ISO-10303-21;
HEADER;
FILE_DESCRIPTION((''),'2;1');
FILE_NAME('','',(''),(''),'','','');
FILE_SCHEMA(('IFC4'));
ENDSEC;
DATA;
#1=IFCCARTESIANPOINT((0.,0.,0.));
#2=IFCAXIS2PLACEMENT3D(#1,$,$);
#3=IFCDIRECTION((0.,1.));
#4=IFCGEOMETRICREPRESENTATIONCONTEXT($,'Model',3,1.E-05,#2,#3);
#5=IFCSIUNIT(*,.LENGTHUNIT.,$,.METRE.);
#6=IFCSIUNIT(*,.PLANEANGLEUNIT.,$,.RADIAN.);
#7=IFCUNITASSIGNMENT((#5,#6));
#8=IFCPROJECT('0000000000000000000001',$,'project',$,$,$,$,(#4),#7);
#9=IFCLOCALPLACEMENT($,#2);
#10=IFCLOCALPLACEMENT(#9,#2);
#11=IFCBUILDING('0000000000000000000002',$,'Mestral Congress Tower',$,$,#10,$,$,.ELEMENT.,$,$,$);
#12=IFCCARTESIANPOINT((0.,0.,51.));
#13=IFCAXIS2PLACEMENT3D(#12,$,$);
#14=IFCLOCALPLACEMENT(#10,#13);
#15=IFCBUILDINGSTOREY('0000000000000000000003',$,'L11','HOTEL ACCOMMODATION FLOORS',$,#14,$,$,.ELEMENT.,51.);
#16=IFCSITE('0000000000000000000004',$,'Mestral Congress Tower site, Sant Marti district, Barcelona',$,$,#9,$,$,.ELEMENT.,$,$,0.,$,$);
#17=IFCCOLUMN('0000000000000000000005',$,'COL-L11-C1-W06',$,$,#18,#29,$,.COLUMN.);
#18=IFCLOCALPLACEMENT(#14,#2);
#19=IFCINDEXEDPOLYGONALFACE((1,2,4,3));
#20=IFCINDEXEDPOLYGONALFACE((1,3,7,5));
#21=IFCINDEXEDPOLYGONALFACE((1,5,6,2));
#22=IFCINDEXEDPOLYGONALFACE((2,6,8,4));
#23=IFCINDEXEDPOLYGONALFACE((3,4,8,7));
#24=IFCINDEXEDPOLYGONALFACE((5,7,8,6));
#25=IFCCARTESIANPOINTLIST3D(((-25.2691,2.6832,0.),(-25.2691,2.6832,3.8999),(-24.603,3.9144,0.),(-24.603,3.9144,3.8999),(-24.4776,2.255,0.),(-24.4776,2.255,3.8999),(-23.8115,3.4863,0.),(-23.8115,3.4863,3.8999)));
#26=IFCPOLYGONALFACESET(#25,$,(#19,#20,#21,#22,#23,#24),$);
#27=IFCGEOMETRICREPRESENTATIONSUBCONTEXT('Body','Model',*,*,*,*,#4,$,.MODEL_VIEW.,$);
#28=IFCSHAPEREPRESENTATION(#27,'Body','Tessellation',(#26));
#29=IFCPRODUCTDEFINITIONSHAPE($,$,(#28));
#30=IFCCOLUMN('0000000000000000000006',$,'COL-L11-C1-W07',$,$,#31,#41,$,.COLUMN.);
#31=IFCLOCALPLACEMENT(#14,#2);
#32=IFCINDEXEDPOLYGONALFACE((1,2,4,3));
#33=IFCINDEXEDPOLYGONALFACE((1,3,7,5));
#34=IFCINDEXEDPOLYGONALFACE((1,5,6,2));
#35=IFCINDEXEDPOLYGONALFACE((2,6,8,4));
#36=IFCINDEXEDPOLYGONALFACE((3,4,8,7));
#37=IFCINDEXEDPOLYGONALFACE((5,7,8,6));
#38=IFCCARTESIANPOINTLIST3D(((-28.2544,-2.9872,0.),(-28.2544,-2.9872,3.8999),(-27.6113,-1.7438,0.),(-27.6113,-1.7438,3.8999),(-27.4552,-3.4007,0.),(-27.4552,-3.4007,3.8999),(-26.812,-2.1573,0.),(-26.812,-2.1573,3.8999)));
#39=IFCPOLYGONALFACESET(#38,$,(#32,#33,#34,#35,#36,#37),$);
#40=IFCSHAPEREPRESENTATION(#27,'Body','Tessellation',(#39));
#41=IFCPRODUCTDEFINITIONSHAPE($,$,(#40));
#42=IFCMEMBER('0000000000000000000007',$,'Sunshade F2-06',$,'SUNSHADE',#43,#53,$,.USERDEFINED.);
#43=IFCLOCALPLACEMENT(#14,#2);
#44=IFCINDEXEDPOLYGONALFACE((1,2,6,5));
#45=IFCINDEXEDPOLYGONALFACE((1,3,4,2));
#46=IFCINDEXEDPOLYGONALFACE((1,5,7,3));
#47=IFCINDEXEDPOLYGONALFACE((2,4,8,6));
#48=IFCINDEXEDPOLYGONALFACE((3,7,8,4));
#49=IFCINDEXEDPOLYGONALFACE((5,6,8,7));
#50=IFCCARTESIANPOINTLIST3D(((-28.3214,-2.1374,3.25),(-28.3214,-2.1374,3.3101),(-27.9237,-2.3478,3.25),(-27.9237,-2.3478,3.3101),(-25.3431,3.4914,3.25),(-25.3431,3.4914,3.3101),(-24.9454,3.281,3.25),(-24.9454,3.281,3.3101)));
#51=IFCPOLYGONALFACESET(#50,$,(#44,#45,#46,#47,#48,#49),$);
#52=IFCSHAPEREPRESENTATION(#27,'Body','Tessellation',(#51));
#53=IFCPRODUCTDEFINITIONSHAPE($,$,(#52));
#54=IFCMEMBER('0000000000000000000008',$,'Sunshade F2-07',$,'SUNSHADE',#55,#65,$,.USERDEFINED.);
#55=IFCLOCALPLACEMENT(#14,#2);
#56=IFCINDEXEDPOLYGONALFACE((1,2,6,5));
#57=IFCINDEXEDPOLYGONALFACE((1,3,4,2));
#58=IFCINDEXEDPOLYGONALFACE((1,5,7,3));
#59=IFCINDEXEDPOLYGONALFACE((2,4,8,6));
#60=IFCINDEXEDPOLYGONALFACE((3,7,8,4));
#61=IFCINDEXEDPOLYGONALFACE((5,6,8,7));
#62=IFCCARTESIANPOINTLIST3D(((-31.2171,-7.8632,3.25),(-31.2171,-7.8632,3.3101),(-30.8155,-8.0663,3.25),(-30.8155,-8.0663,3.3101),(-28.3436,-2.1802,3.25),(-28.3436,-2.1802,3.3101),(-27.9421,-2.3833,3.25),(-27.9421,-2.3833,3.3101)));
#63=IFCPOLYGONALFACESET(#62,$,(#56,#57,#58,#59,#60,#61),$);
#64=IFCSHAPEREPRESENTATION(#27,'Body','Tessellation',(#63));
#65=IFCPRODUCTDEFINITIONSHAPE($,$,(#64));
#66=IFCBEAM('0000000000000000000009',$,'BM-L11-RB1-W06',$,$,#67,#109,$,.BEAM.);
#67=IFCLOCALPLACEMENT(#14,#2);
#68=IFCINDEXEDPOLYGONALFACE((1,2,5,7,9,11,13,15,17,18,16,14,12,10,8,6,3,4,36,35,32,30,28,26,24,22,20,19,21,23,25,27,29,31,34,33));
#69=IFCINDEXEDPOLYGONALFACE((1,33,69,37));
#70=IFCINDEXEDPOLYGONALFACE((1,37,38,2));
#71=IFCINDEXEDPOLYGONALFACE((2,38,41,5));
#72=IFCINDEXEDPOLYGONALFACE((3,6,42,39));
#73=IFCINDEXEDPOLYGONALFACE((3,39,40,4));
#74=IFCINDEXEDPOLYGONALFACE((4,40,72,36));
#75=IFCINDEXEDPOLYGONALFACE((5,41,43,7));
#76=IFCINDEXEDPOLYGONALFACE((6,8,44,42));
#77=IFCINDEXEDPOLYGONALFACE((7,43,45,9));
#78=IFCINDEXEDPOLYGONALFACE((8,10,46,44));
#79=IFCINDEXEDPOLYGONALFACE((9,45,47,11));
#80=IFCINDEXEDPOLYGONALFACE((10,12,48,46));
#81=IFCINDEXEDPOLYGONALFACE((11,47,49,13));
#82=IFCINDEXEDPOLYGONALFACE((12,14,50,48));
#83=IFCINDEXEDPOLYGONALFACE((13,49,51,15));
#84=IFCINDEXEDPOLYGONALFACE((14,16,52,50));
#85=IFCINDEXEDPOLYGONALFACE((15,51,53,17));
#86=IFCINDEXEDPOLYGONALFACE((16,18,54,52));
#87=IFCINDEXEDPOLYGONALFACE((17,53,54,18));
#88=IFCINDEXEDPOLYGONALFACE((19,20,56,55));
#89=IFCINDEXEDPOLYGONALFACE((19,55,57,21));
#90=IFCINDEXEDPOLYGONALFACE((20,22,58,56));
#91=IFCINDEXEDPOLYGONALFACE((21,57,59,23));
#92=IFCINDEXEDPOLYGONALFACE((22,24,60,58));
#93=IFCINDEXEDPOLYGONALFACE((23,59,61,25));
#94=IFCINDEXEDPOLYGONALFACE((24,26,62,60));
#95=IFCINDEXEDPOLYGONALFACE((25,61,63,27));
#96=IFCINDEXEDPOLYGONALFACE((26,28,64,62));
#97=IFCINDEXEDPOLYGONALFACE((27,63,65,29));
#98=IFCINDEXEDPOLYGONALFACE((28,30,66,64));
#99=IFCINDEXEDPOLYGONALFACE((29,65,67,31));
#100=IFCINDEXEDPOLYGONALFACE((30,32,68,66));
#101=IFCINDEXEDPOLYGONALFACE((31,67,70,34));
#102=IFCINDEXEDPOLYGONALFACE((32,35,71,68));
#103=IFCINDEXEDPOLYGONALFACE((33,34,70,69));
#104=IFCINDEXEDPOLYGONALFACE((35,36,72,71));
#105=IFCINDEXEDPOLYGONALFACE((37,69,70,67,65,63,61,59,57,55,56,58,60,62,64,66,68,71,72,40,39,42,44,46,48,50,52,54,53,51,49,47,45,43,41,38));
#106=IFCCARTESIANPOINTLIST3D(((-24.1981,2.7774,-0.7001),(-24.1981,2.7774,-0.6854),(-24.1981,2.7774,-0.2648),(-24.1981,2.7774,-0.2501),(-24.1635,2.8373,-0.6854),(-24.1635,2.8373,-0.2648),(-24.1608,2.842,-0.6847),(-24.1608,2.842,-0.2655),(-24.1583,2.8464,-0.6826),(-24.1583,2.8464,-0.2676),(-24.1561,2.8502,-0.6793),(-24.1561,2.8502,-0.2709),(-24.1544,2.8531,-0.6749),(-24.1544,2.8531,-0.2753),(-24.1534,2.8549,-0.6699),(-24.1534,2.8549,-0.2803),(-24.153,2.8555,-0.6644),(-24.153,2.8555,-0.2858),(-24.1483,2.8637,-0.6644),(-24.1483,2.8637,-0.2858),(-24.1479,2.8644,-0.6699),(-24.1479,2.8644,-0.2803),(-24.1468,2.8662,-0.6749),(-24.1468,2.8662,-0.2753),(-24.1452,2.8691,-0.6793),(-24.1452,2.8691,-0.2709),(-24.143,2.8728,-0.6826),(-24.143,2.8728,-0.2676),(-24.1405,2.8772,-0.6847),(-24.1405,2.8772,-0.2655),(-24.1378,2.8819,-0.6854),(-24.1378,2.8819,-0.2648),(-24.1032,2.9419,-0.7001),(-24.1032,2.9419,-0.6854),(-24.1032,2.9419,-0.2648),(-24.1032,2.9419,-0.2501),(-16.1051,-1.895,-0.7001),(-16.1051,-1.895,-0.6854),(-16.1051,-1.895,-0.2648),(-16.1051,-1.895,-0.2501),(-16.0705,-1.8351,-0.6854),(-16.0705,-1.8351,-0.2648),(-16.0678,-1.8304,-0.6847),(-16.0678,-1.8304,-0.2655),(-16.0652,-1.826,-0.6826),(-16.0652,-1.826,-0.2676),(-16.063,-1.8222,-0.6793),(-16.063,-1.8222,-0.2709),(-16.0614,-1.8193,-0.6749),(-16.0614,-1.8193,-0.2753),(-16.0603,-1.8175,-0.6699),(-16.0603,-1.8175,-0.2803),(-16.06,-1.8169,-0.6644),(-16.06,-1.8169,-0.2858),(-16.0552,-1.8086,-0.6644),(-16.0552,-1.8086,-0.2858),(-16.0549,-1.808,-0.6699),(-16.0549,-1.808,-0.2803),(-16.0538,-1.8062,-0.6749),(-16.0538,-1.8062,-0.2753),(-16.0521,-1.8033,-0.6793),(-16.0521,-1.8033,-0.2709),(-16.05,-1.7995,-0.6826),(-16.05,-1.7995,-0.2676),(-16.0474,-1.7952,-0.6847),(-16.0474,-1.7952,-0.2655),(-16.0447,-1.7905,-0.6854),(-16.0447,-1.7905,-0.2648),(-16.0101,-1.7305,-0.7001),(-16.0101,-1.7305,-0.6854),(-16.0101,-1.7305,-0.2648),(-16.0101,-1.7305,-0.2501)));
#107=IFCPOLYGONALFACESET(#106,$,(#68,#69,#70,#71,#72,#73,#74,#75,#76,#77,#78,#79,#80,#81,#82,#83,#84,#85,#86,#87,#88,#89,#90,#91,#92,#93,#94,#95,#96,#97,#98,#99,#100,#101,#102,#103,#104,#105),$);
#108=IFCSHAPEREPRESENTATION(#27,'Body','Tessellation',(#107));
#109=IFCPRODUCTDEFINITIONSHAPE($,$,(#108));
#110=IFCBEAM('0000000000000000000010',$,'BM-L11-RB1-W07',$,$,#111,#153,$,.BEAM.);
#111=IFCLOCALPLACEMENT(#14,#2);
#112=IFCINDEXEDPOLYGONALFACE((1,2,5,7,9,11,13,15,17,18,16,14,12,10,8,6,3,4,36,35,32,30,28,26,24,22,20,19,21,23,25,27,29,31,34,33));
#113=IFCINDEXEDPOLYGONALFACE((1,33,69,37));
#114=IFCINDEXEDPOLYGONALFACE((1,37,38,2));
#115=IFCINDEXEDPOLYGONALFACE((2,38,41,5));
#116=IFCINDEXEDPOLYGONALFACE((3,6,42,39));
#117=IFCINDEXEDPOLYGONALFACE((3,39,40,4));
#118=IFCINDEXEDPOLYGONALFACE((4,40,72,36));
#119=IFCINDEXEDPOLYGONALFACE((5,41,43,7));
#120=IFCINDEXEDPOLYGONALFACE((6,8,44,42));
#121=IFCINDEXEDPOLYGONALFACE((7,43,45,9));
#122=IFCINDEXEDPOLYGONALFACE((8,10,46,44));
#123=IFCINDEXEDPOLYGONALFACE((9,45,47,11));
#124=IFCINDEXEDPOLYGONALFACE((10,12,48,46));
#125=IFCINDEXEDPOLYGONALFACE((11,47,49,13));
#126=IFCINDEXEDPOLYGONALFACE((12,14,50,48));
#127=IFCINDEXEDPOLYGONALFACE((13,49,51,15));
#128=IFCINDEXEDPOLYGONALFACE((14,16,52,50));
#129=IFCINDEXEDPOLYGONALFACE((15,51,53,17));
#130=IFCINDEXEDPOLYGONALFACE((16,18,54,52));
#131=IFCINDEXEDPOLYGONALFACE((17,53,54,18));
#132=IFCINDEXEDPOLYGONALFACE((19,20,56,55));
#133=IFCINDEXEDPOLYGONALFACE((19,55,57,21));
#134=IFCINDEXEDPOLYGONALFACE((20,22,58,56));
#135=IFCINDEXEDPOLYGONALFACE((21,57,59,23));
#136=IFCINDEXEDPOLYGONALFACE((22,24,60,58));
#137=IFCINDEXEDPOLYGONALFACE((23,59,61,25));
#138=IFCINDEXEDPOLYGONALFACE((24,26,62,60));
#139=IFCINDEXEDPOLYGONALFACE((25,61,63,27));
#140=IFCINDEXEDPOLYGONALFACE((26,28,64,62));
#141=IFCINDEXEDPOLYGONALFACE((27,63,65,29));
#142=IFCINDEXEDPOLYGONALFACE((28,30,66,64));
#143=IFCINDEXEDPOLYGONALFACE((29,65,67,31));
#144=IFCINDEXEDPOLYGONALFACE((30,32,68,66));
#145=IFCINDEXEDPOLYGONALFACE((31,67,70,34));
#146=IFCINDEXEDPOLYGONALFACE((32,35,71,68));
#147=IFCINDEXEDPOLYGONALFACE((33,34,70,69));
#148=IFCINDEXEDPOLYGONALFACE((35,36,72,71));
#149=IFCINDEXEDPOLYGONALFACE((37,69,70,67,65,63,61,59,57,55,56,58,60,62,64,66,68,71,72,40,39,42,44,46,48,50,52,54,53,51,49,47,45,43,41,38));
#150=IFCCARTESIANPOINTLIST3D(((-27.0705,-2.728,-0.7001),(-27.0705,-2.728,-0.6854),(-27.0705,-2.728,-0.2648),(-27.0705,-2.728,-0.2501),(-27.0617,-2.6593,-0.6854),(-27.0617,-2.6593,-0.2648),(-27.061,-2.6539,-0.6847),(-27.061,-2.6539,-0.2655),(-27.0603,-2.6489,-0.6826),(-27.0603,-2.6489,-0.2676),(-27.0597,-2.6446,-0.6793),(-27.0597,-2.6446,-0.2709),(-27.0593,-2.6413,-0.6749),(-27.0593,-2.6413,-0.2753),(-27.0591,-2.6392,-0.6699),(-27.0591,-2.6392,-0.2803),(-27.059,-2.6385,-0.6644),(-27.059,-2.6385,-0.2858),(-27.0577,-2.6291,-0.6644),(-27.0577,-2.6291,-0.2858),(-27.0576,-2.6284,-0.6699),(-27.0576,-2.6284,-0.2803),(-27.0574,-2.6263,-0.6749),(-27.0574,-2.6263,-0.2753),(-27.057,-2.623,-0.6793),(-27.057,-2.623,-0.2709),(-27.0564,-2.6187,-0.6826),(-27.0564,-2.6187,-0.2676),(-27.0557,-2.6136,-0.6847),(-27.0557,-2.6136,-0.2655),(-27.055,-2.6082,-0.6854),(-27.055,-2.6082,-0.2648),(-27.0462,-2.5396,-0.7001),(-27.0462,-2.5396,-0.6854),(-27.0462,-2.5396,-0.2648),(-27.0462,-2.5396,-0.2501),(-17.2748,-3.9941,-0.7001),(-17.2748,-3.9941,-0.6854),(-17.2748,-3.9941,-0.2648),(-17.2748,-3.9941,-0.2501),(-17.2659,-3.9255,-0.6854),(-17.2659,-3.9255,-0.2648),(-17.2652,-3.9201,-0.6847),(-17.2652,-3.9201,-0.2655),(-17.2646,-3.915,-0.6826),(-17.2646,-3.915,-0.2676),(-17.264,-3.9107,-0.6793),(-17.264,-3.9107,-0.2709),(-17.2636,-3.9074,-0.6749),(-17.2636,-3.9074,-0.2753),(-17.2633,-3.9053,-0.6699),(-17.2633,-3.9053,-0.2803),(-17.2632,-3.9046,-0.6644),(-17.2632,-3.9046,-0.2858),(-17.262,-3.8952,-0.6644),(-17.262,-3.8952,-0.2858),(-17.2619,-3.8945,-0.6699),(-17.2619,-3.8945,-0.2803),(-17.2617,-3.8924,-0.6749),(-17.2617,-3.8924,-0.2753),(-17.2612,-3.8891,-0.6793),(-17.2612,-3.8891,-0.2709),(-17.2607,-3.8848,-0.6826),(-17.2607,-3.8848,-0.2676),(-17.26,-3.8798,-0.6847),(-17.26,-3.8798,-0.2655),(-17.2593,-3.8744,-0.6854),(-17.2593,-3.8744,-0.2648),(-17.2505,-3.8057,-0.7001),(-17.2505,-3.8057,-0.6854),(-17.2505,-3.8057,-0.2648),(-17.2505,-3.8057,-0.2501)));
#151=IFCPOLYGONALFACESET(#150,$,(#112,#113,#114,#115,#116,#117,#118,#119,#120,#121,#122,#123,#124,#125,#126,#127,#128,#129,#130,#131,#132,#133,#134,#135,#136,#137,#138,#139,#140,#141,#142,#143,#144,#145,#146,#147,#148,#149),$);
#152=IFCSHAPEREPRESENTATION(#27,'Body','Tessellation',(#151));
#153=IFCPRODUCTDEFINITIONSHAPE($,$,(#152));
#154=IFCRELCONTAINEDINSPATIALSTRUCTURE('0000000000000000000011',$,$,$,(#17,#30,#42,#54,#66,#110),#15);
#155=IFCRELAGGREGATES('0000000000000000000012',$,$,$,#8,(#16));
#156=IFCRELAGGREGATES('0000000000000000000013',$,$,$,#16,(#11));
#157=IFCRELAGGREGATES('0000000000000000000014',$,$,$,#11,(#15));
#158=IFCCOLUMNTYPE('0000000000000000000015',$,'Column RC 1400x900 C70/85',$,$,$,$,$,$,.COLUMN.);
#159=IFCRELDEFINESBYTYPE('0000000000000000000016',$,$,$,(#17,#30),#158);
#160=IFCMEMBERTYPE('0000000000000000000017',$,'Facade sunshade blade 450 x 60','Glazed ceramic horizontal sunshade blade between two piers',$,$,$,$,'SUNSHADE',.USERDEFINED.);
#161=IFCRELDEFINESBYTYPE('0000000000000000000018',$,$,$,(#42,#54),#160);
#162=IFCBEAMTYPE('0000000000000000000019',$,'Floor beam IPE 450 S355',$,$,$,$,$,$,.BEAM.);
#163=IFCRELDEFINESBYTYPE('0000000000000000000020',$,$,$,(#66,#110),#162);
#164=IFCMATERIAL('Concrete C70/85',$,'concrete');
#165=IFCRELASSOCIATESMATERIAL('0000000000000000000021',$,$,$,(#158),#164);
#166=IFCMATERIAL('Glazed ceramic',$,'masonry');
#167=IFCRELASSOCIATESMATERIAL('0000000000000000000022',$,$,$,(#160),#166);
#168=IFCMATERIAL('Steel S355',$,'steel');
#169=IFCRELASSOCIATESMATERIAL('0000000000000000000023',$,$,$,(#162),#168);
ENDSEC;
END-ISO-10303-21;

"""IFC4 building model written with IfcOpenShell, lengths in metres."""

from ifc_helpers import new_model, si_unit, direction, frame, origin, origin_2d, place, context, subcontext, project, spatial, rectangle, i_section, extrude, material, material_profile, profile_set, type_object, element, save


model = new_model("IFC4")

# Units and contexts
model_context = context("Model", 3, precision=1e-05, world=origin(), true_north=direction((0.0, 1.0)))
body_context = subcontext(model_context, "Body", "Model", "MODEL_VIEW")
ifc_project = project(units=[si_unit("LENGTHUNIT", "METRE"), si_unit("PLANEANGLEUNIT", "RADIAN")], contexts=[model_context])

# Site, building, storey
site_placement = place(None, origin())
site = spatial("IfcSite", under=ifc_project, at=site_placement, Name="Mestral Congress Tower site, Sant Marti district, Barcelona", CompositionType="ELEMENT", RefElevation=0.0)
building_placement = place(site_placement, origin())
building = spatial("IfcBuilding", under=site, at=building_placement, Name="Mestral Congress Tower", CompositionType="ELEMENT")
storey_placement = place(building_placement, frame((0.0, 0.0, 51.0)))
storey = spatial("IfcBuildingStorey", under=building, at=storey_placement, Name="L11", Description="HOTEL ACCOMMODATION FLOORS", CompositionType="ELEMENT", Elevation=51.0)

# Columns
ifc_material_1 = material(Name="Concrete C70/85", Category="concrete")
ifc_material_profile_1 = material_profile(ifc_material_1, rectangle(XDim=1.3999, YDim=0.8999, at=origin_2d()), Name="RC 1400x900")
ifc_profile_set_1 = profile_set([ifc_material_profile_1], Name="Concrete C70/85")
column_type = type_object("IfcColumnType", Name="Column RC 1400x900 C70/85", PredefinedType="COLUMN", material=ifc_profile_set_1)
for number, where, z_axis, x_axis, name in (
    (1, (-24.5403, 3.0847, 0.0), (0.0, 0.0, 1.0), (-0.475796, -0.879556, 0.0), "COL-L11-C1-W06"),
    (2, (-27.5332, -2.5723, 0.0), (0.0, 0.0, 1.0), (-0.459456, -0.888201, 0.0), "COL-L11-C1-W07"),
):
    element("IfcColumn", number, at=place(storey_placement, frame(where, z_axis=z_axis, x_axis=x_axis)), inside=storey, type_object=column_type, Name=name, PredefinedType="COLUMN", context=body_context, shape_type="SweptSolid", body=[
        extrude(rectangle(XDim=1.3999, YDim=0.8999, at=origin_2d()), origin(), (0.0, 0.0, 1.0), 3.8999),
    ])

# Members
ifc_material_2 = material(Name="Glazed ceramic", Category="masonry")
ifc_material_profile_2 = material_profile(ifc_material_2, rectangle(XDim=0.45, YDim=0.0601, at=origin_2d()), Name="Ceramic blade 450 x 60")
ifc_profile_set_2 = profile_set([ifc_material_profile_2], Name="Glazed ceramic")
member_type = type_object("IfcMemberType", Name="Facade sunshade blade 450 x 60", Description="Glazed ceramic horizontal sunshade blade between two piers", ElementType="SUNSHADE", PredefinedType="USERDEFINED", material=ifc_profile_set_2)
for number, where, z_axis, x_axis, name in (
    (3, (-25.1443, 3.3862, 3.28), (-0.467675, -0.883901, 0.0), (0.883901, -0.467675, 0.0), "Sunshade F2-06"),
    (4, (-28.1428, -2.2817, 3.28), (-0.451227, -0.892409, 0.0), (0.892409, -0.451227, 0.0), "Sunshade F2-07"),
):
    element("IfcMember", number, at=place(storey_placement, frame(where, z_axis=z_axis, x_axis=x_axis)), inside=storey, type_object=member_type, Name=name, ObjectType="SUNSHADE", PredefinedType="USERDEFINED", context=body_context, shape_type="SweptSolid", body=[
        extrude(rectangle(XDim=0.45, YDim=0.0601, at=origin_2d()), origin(), (0.0, 0.0, 1.0), 6.3682),
    ])

# Beams
ifc_material_3 = material(Name="Steel S355", Category="steel")
ifc_material_profile_3 = material_profile(ifc_material_3, i_section(OverallWidth=0.1899, OverallDepth=0.45, WebThickness=0.0095, FlangeThickness=0.0146, FilletRadius=0.021, at=origin_2d()), Name="IPE 450")
ifc_profile_set_3 = profile_set([ifc_material_profile_3], Name="Steel S355")
beam_type_1 = type_object("IfcBeamType", Name="Floor beam IPE 450 S355", PredefinedType="BEAM", material=ifc_profile_set_3)
beam_1_placement = place(storey_placement, frame((-24.1506, 2.8596, -0.4751), z_axis=(0.866032, -0.499989, 0.0), x_axis=(0.499989, 0.866032, 0.0)))
element("IfcBeam", 5, at=beam_1_placement, inside=storey, type_object=beam_type_1, Name="BM-L11-RB1-W06", PredefinedType="BEAM", context=body_context, shape_type="SweptSolid", body=[
    extrude(i_section(OverallWidth=0.1899, OverallDepth=0.45, WebThickness=0.0095, FlangeThickness=0.0146, FilletRadius=0.021, at=origin_2d()), origin(), (0.0, 0.0, 1.0), 9.345),
])
beam_2_placement = place(storey_placement, frame((-27.0583, -2.6338, -0.4751), z_axis=(0.99175, -0.128186, 0.0), x_axis=(0.128186, 0.99175, 0.0)))
element("IfcBeam", 6, at=beam_2_placement, inside=storey, type_object=beam_type_1, Name="BM-L11-RB1-W07", PredefinedType="BEAM", context=body_context, shape_type="SweptSolid", body=[
    extrude(i_section(OverallWidth=0.1899, OverallDepth=0.45, WebThickness=0.0095, FlangeThickness=0.0146, FilletRadius=0.021, at=origin_2d()), origin(), (0.0, 0.0, 1.0), 9.8772),
])

save(model, "model.ifc")
